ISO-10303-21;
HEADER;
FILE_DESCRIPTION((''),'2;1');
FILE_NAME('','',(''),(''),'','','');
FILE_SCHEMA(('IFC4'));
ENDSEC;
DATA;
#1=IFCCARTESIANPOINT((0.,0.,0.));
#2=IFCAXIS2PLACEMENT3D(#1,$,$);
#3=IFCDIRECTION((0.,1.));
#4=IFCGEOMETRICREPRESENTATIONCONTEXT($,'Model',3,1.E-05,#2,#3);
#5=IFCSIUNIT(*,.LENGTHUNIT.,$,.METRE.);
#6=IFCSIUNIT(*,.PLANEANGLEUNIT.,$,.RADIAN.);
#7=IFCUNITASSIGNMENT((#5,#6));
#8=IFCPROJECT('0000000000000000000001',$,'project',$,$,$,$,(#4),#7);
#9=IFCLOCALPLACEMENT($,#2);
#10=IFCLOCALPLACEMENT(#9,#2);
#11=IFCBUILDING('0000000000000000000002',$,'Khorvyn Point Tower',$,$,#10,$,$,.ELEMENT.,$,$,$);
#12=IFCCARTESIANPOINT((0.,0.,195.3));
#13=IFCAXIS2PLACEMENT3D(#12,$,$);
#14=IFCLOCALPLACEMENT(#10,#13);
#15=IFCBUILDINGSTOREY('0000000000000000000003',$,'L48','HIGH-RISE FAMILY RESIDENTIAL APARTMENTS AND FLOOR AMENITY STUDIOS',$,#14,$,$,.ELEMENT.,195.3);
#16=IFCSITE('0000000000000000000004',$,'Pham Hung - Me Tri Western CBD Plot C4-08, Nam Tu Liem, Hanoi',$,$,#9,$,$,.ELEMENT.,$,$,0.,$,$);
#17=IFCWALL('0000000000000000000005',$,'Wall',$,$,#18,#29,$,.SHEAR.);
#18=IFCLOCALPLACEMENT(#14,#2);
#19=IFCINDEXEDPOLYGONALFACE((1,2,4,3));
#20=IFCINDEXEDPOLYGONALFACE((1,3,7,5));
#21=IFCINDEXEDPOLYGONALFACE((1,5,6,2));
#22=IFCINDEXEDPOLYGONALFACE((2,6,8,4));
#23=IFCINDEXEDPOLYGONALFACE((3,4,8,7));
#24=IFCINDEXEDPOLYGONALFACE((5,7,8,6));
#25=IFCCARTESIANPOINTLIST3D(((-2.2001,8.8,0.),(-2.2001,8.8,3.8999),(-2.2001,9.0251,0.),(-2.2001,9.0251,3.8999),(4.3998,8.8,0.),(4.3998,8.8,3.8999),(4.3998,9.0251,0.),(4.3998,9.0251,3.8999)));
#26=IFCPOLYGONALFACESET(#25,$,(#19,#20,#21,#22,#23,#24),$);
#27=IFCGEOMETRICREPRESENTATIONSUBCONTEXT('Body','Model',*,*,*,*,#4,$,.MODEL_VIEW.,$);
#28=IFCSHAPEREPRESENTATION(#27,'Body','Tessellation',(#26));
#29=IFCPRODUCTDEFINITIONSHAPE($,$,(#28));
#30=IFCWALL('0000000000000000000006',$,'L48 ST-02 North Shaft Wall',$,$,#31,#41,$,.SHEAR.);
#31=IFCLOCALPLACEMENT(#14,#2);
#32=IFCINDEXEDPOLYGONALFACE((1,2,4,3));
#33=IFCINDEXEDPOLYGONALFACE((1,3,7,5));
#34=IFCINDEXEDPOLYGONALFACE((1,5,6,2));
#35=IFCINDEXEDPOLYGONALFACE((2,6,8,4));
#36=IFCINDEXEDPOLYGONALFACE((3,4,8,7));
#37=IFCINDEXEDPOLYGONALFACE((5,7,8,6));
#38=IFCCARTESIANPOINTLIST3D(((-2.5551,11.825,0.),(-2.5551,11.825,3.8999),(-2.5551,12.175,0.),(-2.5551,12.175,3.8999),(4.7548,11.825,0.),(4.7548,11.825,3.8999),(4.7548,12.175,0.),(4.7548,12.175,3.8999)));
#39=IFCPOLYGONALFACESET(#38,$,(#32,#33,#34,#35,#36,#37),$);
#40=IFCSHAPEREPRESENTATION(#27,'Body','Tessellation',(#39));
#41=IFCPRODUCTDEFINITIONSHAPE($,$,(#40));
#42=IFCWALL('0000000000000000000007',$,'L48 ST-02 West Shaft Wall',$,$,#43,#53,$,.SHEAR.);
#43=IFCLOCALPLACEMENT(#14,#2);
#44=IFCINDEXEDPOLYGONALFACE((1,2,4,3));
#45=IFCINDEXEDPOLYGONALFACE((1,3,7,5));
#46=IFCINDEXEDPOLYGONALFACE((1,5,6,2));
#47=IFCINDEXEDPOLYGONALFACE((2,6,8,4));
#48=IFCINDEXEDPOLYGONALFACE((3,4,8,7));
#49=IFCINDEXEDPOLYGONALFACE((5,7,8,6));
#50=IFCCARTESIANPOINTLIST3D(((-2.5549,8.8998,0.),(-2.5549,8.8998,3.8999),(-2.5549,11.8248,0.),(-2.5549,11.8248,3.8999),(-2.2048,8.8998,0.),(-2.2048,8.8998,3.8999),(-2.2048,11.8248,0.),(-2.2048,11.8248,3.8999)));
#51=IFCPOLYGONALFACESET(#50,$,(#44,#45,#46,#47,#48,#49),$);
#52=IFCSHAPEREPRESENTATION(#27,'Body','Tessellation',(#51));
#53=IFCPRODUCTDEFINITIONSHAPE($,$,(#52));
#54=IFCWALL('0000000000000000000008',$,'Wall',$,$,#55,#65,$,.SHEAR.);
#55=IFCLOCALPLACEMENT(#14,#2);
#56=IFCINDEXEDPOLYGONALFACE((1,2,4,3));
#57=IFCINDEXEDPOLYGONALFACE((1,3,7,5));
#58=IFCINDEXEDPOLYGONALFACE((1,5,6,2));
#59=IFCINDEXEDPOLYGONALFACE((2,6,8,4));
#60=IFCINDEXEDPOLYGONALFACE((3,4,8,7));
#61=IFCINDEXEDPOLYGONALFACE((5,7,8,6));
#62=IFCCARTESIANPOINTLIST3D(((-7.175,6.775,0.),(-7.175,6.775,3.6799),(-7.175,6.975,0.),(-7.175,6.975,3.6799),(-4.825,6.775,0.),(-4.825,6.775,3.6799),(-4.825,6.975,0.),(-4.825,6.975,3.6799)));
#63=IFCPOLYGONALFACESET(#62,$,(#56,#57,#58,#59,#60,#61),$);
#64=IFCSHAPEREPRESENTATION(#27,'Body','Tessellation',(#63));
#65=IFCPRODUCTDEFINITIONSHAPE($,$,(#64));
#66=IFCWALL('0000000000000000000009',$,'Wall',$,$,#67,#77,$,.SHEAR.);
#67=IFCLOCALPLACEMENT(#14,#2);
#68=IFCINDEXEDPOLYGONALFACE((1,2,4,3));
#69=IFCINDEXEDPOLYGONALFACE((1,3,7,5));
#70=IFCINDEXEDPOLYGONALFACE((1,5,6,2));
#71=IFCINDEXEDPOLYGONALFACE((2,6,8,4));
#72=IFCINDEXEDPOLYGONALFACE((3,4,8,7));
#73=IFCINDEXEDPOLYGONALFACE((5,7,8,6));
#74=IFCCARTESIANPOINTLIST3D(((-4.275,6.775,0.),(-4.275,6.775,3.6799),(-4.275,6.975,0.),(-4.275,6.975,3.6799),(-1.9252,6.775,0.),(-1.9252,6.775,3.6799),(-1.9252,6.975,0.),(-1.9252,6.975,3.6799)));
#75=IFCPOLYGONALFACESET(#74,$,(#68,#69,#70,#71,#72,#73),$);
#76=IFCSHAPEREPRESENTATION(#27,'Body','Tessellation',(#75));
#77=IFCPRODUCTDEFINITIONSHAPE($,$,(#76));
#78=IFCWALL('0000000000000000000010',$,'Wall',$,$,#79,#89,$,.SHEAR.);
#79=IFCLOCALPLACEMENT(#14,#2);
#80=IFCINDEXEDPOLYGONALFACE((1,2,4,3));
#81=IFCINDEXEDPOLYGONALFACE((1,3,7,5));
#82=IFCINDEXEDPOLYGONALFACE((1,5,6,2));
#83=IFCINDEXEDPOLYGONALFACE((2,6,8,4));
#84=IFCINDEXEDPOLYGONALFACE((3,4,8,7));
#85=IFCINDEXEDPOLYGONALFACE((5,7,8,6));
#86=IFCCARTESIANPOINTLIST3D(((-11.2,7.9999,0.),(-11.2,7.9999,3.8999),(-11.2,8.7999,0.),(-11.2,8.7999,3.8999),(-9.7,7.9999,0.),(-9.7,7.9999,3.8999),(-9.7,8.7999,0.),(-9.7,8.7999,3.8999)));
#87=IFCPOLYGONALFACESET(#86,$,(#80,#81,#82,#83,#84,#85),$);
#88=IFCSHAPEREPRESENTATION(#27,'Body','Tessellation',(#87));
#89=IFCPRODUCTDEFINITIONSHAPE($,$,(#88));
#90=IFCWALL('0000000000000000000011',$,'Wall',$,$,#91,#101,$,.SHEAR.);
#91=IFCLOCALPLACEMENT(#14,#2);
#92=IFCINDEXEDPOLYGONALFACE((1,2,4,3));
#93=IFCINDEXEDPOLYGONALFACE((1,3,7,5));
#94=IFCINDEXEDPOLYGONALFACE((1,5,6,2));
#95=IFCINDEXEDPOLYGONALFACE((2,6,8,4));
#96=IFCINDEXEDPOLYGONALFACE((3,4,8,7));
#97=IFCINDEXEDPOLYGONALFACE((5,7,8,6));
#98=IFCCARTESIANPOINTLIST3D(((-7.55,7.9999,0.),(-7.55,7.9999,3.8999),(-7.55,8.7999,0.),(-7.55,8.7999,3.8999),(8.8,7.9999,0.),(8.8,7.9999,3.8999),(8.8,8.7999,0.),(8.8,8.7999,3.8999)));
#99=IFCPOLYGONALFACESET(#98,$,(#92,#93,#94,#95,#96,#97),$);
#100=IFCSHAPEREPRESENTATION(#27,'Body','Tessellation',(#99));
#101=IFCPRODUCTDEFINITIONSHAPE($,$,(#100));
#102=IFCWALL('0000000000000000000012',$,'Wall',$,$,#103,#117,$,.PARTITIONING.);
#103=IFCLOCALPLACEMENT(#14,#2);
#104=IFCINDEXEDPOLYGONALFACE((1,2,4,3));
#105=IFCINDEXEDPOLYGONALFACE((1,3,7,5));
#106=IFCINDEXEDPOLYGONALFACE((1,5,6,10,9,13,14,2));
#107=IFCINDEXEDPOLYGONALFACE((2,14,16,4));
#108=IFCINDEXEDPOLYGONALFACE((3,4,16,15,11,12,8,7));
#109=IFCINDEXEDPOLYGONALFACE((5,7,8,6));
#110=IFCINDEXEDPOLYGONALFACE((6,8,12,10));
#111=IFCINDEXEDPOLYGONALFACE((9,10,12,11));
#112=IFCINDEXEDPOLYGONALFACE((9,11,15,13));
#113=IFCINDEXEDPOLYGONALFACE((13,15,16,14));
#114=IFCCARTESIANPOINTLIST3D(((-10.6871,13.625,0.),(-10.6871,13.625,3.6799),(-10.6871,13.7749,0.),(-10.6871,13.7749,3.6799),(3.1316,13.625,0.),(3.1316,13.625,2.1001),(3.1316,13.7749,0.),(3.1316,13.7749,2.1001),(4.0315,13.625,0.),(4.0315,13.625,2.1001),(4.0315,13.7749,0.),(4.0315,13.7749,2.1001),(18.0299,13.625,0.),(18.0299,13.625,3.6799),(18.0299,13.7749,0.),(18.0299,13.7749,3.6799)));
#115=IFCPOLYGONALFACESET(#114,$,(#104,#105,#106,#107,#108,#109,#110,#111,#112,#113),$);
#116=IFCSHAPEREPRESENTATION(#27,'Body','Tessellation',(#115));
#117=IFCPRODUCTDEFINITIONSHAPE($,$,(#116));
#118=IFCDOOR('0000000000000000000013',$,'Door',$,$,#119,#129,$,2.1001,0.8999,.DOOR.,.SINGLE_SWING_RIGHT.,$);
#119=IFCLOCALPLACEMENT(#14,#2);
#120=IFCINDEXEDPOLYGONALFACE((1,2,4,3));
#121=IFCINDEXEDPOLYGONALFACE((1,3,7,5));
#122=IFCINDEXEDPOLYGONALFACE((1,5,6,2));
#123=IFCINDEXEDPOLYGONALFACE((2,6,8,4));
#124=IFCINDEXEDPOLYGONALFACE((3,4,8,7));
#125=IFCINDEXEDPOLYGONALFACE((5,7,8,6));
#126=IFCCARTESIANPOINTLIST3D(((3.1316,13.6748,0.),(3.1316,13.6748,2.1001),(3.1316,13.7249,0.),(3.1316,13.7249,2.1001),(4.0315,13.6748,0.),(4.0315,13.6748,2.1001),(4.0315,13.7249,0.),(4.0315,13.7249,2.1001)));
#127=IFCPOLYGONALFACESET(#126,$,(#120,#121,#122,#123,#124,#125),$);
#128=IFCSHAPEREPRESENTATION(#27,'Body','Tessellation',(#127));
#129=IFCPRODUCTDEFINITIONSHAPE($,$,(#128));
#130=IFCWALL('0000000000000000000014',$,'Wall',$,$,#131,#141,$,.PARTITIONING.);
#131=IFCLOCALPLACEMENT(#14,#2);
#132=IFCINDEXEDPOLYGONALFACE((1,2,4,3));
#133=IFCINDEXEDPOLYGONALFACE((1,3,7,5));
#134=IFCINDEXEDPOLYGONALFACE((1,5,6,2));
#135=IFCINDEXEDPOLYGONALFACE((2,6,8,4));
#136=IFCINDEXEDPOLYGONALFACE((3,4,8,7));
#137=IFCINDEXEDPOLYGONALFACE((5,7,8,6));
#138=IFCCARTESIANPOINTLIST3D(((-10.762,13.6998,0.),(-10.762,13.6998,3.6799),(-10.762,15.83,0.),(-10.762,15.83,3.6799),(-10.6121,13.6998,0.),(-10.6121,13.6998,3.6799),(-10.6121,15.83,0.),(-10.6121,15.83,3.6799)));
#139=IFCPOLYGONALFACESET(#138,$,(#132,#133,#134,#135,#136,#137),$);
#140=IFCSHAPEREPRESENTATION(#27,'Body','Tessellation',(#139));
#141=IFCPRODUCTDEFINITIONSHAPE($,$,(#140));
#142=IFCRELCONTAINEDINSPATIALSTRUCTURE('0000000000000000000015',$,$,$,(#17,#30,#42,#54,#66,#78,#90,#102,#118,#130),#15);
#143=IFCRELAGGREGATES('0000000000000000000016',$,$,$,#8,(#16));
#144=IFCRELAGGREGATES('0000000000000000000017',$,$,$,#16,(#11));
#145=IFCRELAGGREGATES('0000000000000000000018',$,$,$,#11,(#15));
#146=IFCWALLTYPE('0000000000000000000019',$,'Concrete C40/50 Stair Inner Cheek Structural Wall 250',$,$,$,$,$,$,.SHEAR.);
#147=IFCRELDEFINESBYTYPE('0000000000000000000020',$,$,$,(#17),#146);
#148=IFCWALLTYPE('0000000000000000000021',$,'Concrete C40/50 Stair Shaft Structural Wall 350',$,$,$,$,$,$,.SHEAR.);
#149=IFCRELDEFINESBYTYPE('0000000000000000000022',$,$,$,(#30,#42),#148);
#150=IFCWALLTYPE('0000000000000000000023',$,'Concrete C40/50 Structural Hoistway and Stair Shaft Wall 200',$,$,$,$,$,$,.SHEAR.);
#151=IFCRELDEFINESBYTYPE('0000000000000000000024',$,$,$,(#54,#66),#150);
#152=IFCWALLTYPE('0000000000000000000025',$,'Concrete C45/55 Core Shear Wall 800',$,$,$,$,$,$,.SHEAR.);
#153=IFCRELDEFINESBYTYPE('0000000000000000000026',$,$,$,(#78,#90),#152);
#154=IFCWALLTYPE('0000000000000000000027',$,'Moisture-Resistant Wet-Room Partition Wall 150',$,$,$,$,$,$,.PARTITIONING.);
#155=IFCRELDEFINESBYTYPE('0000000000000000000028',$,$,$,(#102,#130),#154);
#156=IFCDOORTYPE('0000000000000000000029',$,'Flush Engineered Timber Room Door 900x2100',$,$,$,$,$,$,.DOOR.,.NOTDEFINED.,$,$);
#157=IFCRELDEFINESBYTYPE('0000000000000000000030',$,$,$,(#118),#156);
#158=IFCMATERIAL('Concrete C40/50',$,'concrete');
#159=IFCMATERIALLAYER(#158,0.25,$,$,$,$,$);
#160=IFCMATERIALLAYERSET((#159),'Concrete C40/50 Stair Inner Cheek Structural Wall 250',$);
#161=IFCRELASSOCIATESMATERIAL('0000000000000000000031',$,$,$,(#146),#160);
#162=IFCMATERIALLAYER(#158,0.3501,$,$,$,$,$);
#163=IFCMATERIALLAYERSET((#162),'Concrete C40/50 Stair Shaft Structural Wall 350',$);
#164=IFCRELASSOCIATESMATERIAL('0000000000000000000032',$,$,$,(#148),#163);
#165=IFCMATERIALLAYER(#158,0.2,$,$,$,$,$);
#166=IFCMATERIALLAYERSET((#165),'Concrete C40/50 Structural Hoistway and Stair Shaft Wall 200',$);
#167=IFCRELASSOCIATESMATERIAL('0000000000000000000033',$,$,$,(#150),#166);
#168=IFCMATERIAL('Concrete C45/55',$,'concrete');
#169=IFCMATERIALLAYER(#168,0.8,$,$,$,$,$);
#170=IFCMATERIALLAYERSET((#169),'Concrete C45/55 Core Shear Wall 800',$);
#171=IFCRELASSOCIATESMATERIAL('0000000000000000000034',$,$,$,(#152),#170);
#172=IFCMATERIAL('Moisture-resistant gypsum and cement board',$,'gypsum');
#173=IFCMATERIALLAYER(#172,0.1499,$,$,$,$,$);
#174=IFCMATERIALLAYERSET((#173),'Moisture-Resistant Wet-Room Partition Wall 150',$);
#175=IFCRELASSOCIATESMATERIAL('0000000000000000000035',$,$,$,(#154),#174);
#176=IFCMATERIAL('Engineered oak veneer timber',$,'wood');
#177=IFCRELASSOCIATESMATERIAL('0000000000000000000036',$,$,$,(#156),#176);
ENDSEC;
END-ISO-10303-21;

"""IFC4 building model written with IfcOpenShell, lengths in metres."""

from ifc_helpers import new_model, si_unit, direction, frame, frame_2d, origin, place, context, subcontext, project, spatial, rectangle, extrude, material, layer, layer_set, type_object, element, fill, save


model = new_model("IFC4")

# Units and contexts
model_context = context("Model", 3, precision=1e-05, world=origin(), true_north=direction((0.0, 1.0)))
body_context = subcontext(model_context, "Body", "Model", "MODEL_VIEW")
ifc_project = project(units=[si_unit("LENGTHUNIT", "METRE"), si_unit("PLANEANGLEUNIT", "RADIAN")], contexts=[model_context])

# Site, building, storey
site_placement = place(None, origin())
site = spatial("IfcSite", under=ifc_project, at=site_placement, Name="Pham Hung - Me Tri Western CBD Plot C4-08, Nam Tu Liem, Hanoi", CompositionType="ELEMENT", RefElevation=0.0)
building_placement = place(site_placement, origin())
building = spatial("IfcBuilding", under=site, at=building_placement, Name="Khorvyn Point Tower", CompositionType="ELEMENT")
storey_placement = place(building_placement, frame((0.0, 0.0, 195.3)))
storey = spatial("IfcBuildingStorey", under=building, at=storey_placement, Name="L48", Description="HIGH-RISE FAMILY RESIDENTIAL APARTMENTS AND FLOOR AMENITY STUDIOS", CompositionType="ELEMENT", Elevation=195.3)

# Shared definitions
ifc_material_1 = material(Name="Concrete C45/55", Category="concrete")

# Shared definitions
ifc_material_2 = material(Name="Concrete C40/50", Category="concrete")

# Walls
ifc_layer_1 = layer(ifc_material_2, 0.25)
ifc_layer_set_1 = layer_set([ifc_layer_1], Name="Concrete C40/50 Stair Inner Cheek Structural Wall 250")
wall_type_1 = type_object("IfcWallType", Name="Concrete C40/50 Stair Inner Cheek Structural Wall 250", PredefinedType="SHEAR", material=ifc_layer_set_1)
wall_1_placement = place(storey_placement, frame((-2.2, 8.9126, 0.0), z_axis=(0.0, 0.0, 1.0), x_axis=(1.0, 0.0, 0.0)))
element("IfcWall", 1, at=wall_1_placement, inside=storey, type_object=wall_type_1, Name="Wall", PredefinedType="SHEAR", context=body_context, shape_type="SweptSolid", body=[
    extrude(rectangle(XDim=6.5999, YDim=0.2251, at=frame_2d((3.2998, 0.0))), origin(), (0.0, 0.0, 1.0), 3.8999),
])
ifc_layer_2 = layer(ifc_material_2, 0.3501)
ifc_layer_set_2 = layer_set([ifc_layer_2], Name="Concrete C40/50 Stair Shaft Structural Wall 350")
wall_type_2 = type_object("IfcWallType", Name="Concrete C40/50 Stair Shaft Structural Wall 350", PredefinedType="SHEAR", material=ifc_layer_set_2)
wall_2_placement = place(storey_placement, frame((-2.5549, 12.0, 0.0), z_axis=(0.0, 0.0, 1.0), x_axis=(1.0, 0.0, 0.0)))
element("IfcWall", 2, at=wall_2_placement, inside=storey, type_object=wall_type_2, Name="L48 ST-02 North Shaft Wall", PredefinedType="SHEAR", context=body_context, shape_type="SweptSolid", body=[
    extrude(rectangle(XDim=7.3098, YDim=0.3501, at=frame_2d((3.6548, 0.0))), origin(), (0.0, 0.0, 1.0), 3.8999),
])
wall_3_placement = place(storey_placement, frame((-2.3799, 8.8999, 0.0), z_axis=(0.0, 0.0, 1.0), x_axis=(0.0, 1.0, 0.0)))
element("IfcWall", 3, at=wall_3_placement, inside=storey, type_object=wall_type_2, Name="L48 ST-02 West Shaft Wall", PredefinedType="SHEAR", context=body_context, shape_type="SweptSolid", body=[
    extrude(rectangle(XDim=2.925, YDim=0.3501, at=frame_2d((1.4624, 0.0))), origin(), (0.0, 0.0, 1.0), 3.8999),
])
ifc_layer_3 = layer(ifc_material_2, 0.2)
ifc_layer_set_3 = layer_set([ifc_layer_3], Name="Concrete C40/50 Structural Hoistway and Stair Shaft Wall 200")
wall_type_3 = type_object("IfcWallType", Name="Concrete C40/50 Structural Hoistway and Stair Shaft Wall 200", PredefinedType="SHEAR", material=ifc_layer_set_3)
wall_4_placement = place(storey_placement, frame((-7.175, 6.875, 0.0), z_axis=(0.0, 0.0, 1.0), x_axis=(1.0, 0.0, 0.0)))
element("IfcWall", 4, at=wall_4_placement, inside=storey, type_object=wall_type_3, Name="Wall", PredefinedType="SHEAR", context=body_context, shape_type="SweptSolid", body=[
    extrude(rectangle(XDim=2.3501, YDim=0.2, at=frame_2d((1.175, 0.0))), origin(), (0.0, 0.0, 1.0), 3.6799),
])
wall_5_placement = place(storey_placement, frame((-4.2749, 6.875, 0.0), z_axis=(0.0, 0.0, 1.0), x_axis=(1.0, 0.0, 0.0)))
element("IfcWall", 5, at=wall_5_placement, inside=storey, type_object=wall_type_3, Name="Wall", PredefinedType="SHEAR", context=body_context, shape_type="SweptSolid", body=[
    extrude(rectangle(XDim=2.3499, YDim=0.2, at=frame_2d((1.1748, 0.0))), origin(), (0.0, 0.0, 1.0), 3.6799),
])
ifc_layer_4 = layer(ifc_material_1, 0.8)
ifc_layer_set_4 = layer_set([ifc_layer_4], Name="Concrete C45/55 Core Shear Wall 800")
wall_type_4 = type_object("IfcWallType", Name="Concrete C45/55 Core Shear Wall 800", PredefinedType="SHEAR", material=ifc_layer_set_4)
wall_6_placement = place(storey_placement, frame((-11.2, 8.3999, 0.0), z_axis=(0.0, 0.0, 1.0), x_axis=(1.0, 0.0, 0.0)))
element("IfcWall", 6, at=wall_6_placement, inside=storey, type_object=wall_type_4, Name="Wall", PredefinedType="SHEAR", context=body_context, shape_type="SweptSolid", body=[
    extrude(rectangle(XDim=1.5, YDim=0.8, at=frame_2d((0.75, 0.0))), origin(), (0.0, 0.0, 1.0), 3.8999),
])
wall_7_placement = place(storey_placement, frame((-7.55, 8.3999, 0.0), z_axis=(0.0, 0.0, 1.0), x_axis=(1.0, 0.0, 0.0)))
element("IfcWall", 7, at=wall_7_placement, inside=storey, type_object=wall_type_4, Name="Wall", PredefinedType="SHEAR", context=body_context, shape_type="SweptSolid", body=[
    extrude(rectangle(XDim=16.3501, YDim=0.8, at=frame_2d((8.175, 0.0))), origin(), (0.0, 0.0, 1.0), 3.8999),
])

# Wall, opening, door
ifc_material_3 = material(Name="Moisture-resistant gypsum and cement board", Category="gypsum")
ifc_layer_5 = layer(ifc_material_3, 0.1499)
ifc_layer_set_5 = layer_set([ifc_layer_5], Name="Moisture-Resistant Wet-Room Partition Wall 150")
wall_type_5 = type_object("IfcWallType", Name="Moisture-Resistant Wet-Room Partition Wall 150", PredefinedType="PARTITIONING", material=ifc_layer_set_5)
wall_8_placement = place(storey_placement, frame((-10.687, 13.7, 0.0), z_axis=(0.0, 0.0, 1.0), x_axis=(1.0, 0.0, 0.0)))
wall_8 = element("IfcWall", 8, at=wall_8_placement, inside=storey, type_object=wall_type_5, Name="Wall", PredefinedType="PARTITIONING", context=body_context, shape_type="SweptSolid", body=[
    extrude(rectangle(XDim=28.717, YDim=0.1499, at=frame_2d((14.3584, 0.0))), origin(), (0.0, 0.0, 1.0), 3.6799),
])
opening_1_placement = place(wall_8_placement, frame((13.8186, 0.0, 0.0)))
opening_1 = element("IfcOpeningElement", 9, at=opening_1_placement, cuts=wall_8, PredefinedType="OPENING", context=body_context, shape_type="SweptSolid", body=[
    extrude(rectangle(XDim=0.8999, YDim=2.1001, at=frame_2d((0.45, 1.05))), frame((0.0, 0.085, 0.0), z_axis=(0.0, -1.0, 0.0), x_axis=(1.0, 0.0, 0.0)), (0.0, 0.0, 1.0), 0.1699),
])
ifc_material_4 = material(Name="Engineered oak veneer timber", Category="wood")
door_type_1 = type_object("IfcDoorType", Name="Flush Engineered Timber Room Door 900x2100", OperationType="NOTDEFINED", PredefinedType="DOOR", material=ifc_material_4)
door_1_placement = place(opening_1_placement, origin())
door_1 = element("IfcDoor", 10, at=door_1_placement, inside=storey, type_object=door_type_1, Name="Door", OperationType="SINGLE_SWING_RIGHT", OverallHeight=2.1001, OverallWidth=0.8999, PredefinedType="DOOR", context=body_context, shape_type="SweptSolid", body=[
    extrude(rectangle(XDim=0.8999, YDim=2.1001, at=frame_2d((0.45, 1.05))), frame((0.0, 0.0249, 0.0), z_axis=(0.0, -1.0, 0.0), x_axis=(1.0, 0.0, 0.0)), (0.0, 0.0, 1.0), 0.05),
])
fill(opening_1, door_1)

# Wall
wall_9_placement = place(storey_placement, frame((-10.687, 13.7, 0.0), z_axis=(0.0, 0.0, 1.0), x_axis=(0.0, 1.0, 0.0)))
element("IfcWall", 11, at=wall_9_placement, inside=storey, type_object=wall_type_5, Name="Wall", PredefinedType="PARTITIONING", context=body_context, shape_type="SweptSolid", body=[
    extrude(rectangle(XDim=2.1301, YDim=0.1499, at=frame_2d((1.0649, 0.0))), origin(), (0.0, 0.0, 1.0), 3.6799),
])

save(model, "model.ifc")
